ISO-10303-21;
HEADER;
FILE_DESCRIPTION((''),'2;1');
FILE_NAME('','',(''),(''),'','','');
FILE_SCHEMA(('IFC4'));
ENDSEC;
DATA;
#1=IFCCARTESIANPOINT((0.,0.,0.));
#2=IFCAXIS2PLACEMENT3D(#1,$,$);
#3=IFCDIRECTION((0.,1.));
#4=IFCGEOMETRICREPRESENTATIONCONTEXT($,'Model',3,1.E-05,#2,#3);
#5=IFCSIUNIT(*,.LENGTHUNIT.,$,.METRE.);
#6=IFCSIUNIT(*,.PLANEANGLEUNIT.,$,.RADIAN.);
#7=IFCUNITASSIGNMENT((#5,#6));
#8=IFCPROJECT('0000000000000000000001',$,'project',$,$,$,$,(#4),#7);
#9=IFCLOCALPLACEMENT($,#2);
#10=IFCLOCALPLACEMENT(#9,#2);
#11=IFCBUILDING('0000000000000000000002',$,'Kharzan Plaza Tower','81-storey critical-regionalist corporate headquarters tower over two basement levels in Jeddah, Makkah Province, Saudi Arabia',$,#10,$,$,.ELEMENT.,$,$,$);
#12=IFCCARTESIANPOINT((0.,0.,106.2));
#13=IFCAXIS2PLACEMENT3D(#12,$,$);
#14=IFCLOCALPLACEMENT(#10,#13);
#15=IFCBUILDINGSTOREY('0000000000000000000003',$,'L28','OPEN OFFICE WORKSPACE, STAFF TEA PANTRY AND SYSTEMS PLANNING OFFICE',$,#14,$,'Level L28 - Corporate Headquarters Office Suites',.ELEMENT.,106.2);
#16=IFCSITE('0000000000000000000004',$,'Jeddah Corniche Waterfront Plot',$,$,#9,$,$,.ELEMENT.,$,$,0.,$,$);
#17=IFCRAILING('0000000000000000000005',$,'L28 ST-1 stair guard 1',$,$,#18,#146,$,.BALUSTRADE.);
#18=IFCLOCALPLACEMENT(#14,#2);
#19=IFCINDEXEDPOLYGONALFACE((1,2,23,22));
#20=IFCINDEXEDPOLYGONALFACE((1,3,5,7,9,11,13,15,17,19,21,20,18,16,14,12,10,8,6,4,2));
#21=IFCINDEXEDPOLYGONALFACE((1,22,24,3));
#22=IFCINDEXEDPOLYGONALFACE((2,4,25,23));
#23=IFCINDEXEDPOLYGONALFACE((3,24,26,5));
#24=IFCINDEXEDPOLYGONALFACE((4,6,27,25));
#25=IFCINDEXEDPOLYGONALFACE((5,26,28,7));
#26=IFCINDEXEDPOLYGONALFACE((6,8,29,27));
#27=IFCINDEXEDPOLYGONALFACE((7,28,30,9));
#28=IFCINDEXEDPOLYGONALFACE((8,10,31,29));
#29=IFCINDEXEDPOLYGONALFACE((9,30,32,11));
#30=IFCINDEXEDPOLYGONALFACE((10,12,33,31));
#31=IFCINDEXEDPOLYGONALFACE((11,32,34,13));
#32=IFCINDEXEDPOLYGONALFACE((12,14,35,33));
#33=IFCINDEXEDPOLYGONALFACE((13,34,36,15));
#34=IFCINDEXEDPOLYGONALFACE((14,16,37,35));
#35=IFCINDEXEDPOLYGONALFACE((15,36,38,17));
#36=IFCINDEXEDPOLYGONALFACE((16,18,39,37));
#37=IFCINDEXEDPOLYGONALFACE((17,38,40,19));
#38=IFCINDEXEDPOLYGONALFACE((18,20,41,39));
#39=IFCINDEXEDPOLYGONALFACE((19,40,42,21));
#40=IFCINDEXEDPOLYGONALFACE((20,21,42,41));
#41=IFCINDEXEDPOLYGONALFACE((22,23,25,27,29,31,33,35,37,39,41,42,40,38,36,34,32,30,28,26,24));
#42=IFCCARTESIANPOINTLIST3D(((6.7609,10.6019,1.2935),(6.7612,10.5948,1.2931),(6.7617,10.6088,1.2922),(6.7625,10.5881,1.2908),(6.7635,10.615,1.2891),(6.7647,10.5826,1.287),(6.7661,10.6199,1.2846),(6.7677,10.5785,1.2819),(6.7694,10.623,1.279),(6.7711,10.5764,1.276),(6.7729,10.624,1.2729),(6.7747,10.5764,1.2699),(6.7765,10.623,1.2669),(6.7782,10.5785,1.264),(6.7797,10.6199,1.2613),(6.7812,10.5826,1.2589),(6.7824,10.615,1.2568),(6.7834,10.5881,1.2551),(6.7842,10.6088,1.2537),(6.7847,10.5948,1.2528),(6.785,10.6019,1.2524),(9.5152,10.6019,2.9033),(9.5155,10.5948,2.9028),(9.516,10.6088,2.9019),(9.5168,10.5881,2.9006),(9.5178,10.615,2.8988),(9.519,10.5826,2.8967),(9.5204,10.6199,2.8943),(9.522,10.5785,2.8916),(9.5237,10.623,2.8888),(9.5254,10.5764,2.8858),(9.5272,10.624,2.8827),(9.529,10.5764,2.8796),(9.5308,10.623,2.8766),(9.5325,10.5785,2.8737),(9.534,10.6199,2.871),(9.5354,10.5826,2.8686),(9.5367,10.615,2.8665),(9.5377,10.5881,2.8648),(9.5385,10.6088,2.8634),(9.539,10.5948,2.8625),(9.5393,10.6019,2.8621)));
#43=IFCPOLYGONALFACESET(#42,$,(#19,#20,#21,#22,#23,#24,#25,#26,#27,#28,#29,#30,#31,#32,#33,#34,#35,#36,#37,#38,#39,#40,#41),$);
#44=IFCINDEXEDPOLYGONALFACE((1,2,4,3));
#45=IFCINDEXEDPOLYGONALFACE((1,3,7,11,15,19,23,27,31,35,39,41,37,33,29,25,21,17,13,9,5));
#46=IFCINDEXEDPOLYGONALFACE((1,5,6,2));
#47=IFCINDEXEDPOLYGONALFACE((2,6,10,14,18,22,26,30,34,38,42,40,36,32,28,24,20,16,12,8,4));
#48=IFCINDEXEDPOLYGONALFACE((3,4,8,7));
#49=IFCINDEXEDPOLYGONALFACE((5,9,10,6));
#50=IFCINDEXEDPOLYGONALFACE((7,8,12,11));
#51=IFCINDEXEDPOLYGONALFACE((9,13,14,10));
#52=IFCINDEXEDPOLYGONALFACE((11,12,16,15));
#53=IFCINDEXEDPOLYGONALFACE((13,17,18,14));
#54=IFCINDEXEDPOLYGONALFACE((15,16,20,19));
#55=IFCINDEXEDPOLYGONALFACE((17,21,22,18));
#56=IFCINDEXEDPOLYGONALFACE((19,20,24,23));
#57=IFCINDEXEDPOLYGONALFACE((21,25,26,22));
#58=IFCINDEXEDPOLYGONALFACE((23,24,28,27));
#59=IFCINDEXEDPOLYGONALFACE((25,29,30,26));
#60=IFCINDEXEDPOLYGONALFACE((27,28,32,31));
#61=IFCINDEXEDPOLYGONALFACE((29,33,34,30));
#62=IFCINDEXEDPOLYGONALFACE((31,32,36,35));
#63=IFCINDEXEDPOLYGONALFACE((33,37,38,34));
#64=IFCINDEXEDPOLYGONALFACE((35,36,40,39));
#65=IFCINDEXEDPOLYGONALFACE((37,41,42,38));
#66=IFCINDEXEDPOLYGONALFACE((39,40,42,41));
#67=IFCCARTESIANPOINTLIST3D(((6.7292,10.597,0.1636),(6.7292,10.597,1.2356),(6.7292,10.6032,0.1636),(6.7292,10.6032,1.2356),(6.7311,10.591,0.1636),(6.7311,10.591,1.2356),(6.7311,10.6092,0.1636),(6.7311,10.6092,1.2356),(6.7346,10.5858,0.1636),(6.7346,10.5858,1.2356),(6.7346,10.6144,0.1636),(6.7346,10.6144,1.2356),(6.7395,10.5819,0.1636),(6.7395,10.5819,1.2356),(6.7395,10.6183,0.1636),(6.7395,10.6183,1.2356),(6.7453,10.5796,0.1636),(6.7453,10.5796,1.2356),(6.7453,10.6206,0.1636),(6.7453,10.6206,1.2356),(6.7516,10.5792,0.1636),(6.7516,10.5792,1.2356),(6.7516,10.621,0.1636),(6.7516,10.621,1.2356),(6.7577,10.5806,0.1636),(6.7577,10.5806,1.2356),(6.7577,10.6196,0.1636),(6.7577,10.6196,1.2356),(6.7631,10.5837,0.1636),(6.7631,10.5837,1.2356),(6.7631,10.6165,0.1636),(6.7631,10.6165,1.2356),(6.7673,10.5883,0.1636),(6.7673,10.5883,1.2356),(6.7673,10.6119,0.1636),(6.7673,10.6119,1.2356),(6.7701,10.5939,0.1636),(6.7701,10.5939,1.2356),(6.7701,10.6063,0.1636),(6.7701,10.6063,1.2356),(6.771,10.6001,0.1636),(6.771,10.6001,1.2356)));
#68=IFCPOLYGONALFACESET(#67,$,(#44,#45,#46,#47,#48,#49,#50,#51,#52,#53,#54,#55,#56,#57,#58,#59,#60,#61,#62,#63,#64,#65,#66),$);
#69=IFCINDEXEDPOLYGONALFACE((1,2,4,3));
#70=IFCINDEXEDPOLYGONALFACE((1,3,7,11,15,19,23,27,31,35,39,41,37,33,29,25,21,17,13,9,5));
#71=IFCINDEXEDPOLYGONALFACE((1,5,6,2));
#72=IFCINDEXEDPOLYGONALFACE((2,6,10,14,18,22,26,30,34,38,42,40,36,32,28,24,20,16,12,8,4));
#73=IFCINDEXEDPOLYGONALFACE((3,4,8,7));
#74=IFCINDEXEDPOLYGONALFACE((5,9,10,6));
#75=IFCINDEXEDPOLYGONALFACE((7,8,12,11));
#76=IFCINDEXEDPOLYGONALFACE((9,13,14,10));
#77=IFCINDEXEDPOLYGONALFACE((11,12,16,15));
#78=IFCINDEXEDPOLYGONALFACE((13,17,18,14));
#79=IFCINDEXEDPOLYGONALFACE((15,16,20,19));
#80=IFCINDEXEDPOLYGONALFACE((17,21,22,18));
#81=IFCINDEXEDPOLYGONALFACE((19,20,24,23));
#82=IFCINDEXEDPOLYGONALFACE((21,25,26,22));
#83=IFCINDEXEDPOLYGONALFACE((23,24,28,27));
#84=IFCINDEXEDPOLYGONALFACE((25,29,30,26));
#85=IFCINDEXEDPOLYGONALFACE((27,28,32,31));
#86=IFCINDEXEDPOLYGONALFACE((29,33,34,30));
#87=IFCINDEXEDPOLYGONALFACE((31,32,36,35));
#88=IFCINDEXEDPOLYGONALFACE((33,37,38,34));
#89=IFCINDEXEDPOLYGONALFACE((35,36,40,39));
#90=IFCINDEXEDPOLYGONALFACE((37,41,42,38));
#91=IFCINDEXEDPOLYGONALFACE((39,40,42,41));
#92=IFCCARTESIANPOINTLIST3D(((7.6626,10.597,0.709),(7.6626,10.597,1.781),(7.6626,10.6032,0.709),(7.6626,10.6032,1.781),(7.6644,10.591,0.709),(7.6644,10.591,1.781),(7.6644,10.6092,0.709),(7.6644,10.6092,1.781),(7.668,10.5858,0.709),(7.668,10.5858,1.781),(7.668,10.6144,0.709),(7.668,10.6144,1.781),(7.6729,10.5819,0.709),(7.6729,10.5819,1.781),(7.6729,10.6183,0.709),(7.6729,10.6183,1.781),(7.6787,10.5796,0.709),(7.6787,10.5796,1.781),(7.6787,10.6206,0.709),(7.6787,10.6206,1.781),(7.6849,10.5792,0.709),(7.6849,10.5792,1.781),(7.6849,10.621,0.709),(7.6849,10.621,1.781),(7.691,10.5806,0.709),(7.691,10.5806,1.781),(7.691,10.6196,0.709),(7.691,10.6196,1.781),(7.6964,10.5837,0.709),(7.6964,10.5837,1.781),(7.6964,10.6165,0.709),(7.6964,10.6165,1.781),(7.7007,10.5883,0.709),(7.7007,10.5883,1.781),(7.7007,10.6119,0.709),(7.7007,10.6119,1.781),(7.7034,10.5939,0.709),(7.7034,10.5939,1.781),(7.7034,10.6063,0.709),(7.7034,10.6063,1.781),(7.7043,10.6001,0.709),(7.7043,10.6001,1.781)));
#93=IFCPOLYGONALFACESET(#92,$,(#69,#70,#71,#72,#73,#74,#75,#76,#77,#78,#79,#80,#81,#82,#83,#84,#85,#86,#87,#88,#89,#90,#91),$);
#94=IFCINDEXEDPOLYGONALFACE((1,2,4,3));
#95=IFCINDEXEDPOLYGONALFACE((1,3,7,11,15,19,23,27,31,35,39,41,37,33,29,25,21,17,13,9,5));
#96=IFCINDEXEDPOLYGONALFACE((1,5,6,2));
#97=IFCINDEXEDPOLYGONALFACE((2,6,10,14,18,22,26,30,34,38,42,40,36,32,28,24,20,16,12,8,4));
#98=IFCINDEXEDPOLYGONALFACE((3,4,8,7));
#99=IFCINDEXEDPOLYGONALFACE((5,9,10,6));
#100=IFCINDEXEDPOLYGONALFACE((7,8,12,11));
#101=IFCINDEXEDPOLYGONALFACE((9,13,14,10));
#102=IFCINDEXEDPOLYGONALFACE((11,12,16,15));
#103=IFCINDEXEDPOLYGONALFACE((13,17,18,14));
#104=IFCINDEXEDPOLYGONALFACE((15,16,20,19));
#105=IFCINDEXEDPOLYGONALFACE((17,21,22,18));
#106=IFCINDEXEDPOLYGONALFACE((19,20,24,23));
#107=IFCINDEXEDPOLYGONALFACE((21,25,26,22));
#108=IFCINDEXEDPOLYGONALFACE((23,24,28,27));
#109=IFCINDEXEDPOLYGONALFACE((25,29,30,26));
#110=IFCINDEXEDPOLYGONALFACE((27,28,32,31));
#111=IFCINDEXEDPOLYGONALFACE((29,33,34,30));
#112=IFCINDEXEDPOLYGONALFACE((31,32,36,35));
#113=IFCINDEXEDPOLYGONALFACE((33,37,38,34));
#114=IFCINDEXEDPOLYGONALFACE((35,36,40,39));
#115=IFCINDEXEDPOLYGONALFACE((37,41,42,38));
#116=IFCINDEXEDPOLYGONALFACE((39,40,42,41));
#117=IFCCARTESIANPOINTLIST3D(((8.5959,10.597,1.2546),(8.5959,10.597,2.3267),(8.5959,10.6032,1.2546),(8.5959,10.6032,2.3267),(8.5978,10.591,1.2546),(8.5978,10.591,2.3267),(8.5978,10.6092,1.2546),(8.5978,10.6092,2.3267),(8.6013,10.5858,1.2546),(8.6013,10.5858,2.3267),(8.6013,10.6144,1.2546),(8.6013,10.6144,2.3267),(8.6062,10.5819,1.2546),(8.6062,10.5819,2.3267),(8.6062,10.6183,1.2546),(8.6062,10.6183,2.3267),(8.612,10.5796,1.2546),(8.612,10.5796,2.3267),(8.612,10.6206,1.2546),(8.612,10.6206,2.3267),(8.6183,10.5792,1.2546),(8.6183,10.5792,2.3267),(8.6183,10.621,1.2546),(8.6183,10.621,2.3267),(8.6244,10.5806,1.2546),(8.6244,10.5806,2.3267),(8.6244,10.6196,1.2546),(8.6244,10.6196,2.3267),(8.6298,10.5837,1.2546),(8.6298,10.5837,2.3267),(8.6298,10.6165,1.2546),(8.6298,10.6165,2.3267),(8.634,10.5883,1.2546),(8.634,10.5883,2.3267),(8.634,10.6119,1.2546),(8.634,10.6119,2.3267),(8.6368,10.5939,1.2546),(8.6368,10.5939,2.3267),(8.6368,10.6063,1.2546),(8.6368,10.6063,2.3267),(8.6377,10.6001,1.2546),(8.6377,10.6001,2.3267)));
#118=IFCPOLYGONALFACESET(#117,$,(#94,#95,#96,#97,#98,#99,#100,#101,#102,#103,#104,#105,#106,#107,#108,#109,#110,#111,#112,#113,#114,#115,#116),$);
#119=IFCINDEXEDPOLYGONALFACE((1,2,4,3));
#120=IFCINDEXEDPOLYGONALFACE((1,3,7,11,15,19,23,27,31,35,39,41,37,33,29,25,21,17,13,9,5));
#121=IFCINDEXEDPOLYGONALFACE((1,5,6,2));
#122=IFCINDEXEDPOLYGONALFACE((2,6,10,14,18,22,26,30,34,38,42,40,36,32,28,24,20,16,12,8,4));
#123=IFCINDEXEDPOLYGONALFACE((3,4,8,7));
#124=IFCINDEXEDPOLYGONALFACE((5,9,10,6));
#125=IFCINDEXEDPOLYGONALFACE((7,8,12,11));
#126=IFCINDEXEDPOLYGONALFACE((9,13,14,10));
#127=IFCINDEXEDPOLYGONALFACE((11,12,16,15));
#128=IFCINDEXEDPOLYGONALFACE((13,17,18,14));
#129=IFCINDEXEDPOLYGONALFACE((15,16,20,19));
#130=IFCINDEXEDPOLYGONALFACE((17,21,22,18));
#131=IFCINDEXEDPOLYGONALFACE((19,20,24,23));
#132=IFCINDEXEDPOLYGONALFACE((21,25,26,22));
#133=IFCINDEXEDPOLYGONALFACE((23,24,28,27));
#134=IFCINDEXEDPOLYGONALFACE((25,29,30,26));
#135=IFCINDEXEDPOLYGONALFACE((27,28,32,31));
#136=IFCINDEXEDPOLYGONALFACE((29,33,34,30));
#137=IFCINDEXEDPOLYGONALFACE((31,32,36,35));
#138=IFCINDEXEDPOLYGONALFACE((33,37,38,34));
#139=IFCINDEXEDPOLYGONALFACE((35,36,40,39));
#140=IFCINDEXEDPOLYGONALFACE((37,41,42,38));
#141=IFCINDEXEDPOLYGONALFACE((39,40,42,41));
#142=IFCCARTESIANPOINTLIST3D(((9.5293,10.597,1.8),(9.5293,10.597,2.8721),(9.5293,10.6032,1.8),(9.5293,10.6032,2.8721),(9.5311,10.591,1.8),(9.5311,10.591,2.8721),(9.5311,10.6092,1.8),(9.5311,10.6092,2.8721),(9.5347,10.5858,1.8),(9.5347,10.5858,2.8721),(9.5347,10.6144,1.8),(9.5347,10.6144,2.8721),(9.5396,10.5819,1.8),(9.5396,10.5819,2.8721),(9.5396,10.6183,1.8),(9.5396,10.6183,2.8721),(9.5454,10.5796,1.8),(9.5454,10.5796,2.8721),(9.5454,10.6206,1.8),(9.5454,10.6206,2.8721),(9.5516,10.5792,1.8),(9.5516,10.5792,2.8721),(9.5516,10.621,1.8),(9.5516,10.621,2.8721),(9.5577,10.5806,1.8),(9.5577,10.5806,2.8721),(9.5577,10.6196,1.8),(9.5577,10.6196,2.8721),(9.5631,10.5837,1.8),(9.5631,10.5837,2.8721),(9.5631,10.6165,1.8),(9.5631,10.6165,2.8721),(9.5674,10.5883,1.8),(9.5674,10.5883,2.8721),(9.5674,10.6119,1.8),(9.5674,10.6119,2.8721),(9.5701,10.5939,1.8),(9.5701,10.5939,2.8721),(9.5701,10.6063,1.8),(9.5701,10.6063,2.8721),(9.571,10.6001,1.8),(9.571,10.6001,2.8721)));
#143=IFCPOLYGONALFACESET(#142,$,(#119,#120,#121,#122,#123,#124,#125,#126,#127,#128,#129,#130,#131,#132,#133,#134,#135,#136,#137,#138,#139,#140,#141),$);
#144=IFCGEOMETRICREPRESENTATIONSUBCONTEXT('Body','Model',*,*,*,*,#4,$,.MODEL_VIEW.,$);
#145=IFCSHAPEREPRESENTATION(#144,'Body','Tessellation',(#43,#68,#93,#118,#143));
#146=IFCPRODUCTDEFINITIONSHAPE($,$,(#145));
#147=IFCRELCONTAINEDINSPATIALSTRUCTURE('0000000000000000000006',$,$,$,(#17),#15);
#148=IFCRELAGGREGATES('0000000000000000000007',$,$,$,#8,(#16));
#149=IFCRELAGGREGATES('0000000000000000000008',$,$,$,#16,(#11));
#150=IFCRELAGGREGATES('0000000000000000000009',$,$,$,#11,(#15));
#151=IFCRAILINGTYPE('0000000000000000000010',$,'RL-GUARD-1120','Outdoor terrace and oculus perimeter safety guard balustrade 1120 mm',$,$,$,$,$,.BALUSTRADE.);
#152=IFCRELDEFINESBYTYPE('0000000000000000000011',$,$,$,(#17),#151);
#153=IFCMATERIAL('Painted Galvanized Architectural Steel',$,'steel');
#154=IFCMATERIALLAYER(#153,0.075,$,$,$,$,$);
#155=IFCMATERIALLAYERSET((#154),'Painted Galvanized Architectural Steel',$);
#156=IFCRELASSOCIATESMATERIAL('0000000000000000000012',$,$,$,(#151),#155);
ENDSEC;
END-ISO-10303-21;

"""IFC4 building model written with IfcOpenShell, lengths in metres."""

from ifc_helpers import new_model, si_unit, direction, frame, origin, origin_2d, place, context, subcontext, project, spatial, circle, extrude, source, transform, mapped, material, layer, layer_set, type_object, element, save


model = new_model("IFC4")

# Units and contexts
model_context = context("Model", 3, precision=1e-05, world=origin(), true_north=direction((0.0, 1.0)))
body_context = subcontext(model_context, "Body", "Model", "MODEL_VIEW")
ifc_project = project(units=[si_unit("LENGTHUNIT", "METRE"), si_unit("PLANEANGLEUNIT", "RADIAN")], contexts=[model_context])

# Site, building, storey
site_placement = place(None, origin())
site = spatial("IfcSite", under=ifc_project, at=site_placement, Name="Jeddah Corniche Waterfront Plot", CompositionType="ELEMENT", RefElevation=0.0)
building_placement = place(site_placement, origin())
building = spatial("IfcBuilding", under=site, at=building_placement, Name="Kharzan Plaza Tower", Description="81-storey critical-regionalist corporate headquarters tower over two basement levels in Jeddah, Makkah Province, Saudi Arabia", CompositionType="ELEMENT")
storey_placement = place(building_placement, frame((0.0, 0.0, 106.2)))
storey = spatial("IfcBuildingStorey", under=building, at=storey_placement, Name="L28", Description="OPEN OFFICE WORKSPACE, STAFF TEA PANTRY AND SYSTEMS PLANNING OFFICE", LongName="Level L28 - Corporate Headquarters Office Suites", CompositionType="ELEMENT", Elevation=106.2)

# Shared definitions
ifc_material_1 = material(Name="Painted Galvanized Architectural Steel", Category="steel")
ifc_layer_1 = layer(ifc_material_1, 0.075)
ifc_layer_set_1 = layer_set([ifc_layer_1], Name="Painted Galvanized Architectural Steel")
railing_type_1 = type_object("IfcRailingType", Name="RL-GUARD-1120", Description="Outdoor terrace and oculus perimeter safety guard balustrade 1120 mm", PredefinedType="BALUSTRADE", material=ifc_layer_set_1)

# Railing
shared_shape_1 = source(origin(), body_context, "Body", "SweptSolid", [
    extrude(circle(Radius=0.0239, at=origin_2d()), frame((0.0229, 0.0, 1.1094), z_axis=(0.863361, 0.0, 0.504587), x_axis=(0.0, 1.0, 0.0)), (0.0, 0.0, 1.0), 3.1902),
    extrude(circle(Radius=0.021, at=origin_2d()), origin(), (0.0, 0.0, 1.0), 1.072),
    extrude(circle(Radius=0.021, at=origin_2d()), frame((0.9333, 0.0, 0.5454)), (0.0, 0.0, 1.0), 1.072),
    extrude(circle(Radius=0.021, at=origin_2d()), frame((1.8667, 0.0, 1.0911)), (0.0, 0.0, 1.0), 1.072),
    extrude(circle(Radius=0.021, at=origin_2d()), frame((2.8, 0.0, 1.6365)), (0.0, 0.0, 1.0), 1.072),
])
railing_1_placement = place(storey_placement, frame((6.75, 10.6001, 0.1636)))
element("IfcRailing", 1, at=railing_1_placement, inside=storey, type_object=railing_type_1, Name="L28 ST-1 stair guard 1", PredefinedType="BALUSTRADE", context=body_context, shape_type="MappedRepresentation", body=[
    mapped(shared_shape_1, transform((0.0, 0.0, 0.0), x_axis=(1.0, 0.0, 0.0), y_axis=(0.0, 1.0, 0.0), z_axis=(0.0, 0.0, 1.0))),
])

save(model, "model.ifc")
